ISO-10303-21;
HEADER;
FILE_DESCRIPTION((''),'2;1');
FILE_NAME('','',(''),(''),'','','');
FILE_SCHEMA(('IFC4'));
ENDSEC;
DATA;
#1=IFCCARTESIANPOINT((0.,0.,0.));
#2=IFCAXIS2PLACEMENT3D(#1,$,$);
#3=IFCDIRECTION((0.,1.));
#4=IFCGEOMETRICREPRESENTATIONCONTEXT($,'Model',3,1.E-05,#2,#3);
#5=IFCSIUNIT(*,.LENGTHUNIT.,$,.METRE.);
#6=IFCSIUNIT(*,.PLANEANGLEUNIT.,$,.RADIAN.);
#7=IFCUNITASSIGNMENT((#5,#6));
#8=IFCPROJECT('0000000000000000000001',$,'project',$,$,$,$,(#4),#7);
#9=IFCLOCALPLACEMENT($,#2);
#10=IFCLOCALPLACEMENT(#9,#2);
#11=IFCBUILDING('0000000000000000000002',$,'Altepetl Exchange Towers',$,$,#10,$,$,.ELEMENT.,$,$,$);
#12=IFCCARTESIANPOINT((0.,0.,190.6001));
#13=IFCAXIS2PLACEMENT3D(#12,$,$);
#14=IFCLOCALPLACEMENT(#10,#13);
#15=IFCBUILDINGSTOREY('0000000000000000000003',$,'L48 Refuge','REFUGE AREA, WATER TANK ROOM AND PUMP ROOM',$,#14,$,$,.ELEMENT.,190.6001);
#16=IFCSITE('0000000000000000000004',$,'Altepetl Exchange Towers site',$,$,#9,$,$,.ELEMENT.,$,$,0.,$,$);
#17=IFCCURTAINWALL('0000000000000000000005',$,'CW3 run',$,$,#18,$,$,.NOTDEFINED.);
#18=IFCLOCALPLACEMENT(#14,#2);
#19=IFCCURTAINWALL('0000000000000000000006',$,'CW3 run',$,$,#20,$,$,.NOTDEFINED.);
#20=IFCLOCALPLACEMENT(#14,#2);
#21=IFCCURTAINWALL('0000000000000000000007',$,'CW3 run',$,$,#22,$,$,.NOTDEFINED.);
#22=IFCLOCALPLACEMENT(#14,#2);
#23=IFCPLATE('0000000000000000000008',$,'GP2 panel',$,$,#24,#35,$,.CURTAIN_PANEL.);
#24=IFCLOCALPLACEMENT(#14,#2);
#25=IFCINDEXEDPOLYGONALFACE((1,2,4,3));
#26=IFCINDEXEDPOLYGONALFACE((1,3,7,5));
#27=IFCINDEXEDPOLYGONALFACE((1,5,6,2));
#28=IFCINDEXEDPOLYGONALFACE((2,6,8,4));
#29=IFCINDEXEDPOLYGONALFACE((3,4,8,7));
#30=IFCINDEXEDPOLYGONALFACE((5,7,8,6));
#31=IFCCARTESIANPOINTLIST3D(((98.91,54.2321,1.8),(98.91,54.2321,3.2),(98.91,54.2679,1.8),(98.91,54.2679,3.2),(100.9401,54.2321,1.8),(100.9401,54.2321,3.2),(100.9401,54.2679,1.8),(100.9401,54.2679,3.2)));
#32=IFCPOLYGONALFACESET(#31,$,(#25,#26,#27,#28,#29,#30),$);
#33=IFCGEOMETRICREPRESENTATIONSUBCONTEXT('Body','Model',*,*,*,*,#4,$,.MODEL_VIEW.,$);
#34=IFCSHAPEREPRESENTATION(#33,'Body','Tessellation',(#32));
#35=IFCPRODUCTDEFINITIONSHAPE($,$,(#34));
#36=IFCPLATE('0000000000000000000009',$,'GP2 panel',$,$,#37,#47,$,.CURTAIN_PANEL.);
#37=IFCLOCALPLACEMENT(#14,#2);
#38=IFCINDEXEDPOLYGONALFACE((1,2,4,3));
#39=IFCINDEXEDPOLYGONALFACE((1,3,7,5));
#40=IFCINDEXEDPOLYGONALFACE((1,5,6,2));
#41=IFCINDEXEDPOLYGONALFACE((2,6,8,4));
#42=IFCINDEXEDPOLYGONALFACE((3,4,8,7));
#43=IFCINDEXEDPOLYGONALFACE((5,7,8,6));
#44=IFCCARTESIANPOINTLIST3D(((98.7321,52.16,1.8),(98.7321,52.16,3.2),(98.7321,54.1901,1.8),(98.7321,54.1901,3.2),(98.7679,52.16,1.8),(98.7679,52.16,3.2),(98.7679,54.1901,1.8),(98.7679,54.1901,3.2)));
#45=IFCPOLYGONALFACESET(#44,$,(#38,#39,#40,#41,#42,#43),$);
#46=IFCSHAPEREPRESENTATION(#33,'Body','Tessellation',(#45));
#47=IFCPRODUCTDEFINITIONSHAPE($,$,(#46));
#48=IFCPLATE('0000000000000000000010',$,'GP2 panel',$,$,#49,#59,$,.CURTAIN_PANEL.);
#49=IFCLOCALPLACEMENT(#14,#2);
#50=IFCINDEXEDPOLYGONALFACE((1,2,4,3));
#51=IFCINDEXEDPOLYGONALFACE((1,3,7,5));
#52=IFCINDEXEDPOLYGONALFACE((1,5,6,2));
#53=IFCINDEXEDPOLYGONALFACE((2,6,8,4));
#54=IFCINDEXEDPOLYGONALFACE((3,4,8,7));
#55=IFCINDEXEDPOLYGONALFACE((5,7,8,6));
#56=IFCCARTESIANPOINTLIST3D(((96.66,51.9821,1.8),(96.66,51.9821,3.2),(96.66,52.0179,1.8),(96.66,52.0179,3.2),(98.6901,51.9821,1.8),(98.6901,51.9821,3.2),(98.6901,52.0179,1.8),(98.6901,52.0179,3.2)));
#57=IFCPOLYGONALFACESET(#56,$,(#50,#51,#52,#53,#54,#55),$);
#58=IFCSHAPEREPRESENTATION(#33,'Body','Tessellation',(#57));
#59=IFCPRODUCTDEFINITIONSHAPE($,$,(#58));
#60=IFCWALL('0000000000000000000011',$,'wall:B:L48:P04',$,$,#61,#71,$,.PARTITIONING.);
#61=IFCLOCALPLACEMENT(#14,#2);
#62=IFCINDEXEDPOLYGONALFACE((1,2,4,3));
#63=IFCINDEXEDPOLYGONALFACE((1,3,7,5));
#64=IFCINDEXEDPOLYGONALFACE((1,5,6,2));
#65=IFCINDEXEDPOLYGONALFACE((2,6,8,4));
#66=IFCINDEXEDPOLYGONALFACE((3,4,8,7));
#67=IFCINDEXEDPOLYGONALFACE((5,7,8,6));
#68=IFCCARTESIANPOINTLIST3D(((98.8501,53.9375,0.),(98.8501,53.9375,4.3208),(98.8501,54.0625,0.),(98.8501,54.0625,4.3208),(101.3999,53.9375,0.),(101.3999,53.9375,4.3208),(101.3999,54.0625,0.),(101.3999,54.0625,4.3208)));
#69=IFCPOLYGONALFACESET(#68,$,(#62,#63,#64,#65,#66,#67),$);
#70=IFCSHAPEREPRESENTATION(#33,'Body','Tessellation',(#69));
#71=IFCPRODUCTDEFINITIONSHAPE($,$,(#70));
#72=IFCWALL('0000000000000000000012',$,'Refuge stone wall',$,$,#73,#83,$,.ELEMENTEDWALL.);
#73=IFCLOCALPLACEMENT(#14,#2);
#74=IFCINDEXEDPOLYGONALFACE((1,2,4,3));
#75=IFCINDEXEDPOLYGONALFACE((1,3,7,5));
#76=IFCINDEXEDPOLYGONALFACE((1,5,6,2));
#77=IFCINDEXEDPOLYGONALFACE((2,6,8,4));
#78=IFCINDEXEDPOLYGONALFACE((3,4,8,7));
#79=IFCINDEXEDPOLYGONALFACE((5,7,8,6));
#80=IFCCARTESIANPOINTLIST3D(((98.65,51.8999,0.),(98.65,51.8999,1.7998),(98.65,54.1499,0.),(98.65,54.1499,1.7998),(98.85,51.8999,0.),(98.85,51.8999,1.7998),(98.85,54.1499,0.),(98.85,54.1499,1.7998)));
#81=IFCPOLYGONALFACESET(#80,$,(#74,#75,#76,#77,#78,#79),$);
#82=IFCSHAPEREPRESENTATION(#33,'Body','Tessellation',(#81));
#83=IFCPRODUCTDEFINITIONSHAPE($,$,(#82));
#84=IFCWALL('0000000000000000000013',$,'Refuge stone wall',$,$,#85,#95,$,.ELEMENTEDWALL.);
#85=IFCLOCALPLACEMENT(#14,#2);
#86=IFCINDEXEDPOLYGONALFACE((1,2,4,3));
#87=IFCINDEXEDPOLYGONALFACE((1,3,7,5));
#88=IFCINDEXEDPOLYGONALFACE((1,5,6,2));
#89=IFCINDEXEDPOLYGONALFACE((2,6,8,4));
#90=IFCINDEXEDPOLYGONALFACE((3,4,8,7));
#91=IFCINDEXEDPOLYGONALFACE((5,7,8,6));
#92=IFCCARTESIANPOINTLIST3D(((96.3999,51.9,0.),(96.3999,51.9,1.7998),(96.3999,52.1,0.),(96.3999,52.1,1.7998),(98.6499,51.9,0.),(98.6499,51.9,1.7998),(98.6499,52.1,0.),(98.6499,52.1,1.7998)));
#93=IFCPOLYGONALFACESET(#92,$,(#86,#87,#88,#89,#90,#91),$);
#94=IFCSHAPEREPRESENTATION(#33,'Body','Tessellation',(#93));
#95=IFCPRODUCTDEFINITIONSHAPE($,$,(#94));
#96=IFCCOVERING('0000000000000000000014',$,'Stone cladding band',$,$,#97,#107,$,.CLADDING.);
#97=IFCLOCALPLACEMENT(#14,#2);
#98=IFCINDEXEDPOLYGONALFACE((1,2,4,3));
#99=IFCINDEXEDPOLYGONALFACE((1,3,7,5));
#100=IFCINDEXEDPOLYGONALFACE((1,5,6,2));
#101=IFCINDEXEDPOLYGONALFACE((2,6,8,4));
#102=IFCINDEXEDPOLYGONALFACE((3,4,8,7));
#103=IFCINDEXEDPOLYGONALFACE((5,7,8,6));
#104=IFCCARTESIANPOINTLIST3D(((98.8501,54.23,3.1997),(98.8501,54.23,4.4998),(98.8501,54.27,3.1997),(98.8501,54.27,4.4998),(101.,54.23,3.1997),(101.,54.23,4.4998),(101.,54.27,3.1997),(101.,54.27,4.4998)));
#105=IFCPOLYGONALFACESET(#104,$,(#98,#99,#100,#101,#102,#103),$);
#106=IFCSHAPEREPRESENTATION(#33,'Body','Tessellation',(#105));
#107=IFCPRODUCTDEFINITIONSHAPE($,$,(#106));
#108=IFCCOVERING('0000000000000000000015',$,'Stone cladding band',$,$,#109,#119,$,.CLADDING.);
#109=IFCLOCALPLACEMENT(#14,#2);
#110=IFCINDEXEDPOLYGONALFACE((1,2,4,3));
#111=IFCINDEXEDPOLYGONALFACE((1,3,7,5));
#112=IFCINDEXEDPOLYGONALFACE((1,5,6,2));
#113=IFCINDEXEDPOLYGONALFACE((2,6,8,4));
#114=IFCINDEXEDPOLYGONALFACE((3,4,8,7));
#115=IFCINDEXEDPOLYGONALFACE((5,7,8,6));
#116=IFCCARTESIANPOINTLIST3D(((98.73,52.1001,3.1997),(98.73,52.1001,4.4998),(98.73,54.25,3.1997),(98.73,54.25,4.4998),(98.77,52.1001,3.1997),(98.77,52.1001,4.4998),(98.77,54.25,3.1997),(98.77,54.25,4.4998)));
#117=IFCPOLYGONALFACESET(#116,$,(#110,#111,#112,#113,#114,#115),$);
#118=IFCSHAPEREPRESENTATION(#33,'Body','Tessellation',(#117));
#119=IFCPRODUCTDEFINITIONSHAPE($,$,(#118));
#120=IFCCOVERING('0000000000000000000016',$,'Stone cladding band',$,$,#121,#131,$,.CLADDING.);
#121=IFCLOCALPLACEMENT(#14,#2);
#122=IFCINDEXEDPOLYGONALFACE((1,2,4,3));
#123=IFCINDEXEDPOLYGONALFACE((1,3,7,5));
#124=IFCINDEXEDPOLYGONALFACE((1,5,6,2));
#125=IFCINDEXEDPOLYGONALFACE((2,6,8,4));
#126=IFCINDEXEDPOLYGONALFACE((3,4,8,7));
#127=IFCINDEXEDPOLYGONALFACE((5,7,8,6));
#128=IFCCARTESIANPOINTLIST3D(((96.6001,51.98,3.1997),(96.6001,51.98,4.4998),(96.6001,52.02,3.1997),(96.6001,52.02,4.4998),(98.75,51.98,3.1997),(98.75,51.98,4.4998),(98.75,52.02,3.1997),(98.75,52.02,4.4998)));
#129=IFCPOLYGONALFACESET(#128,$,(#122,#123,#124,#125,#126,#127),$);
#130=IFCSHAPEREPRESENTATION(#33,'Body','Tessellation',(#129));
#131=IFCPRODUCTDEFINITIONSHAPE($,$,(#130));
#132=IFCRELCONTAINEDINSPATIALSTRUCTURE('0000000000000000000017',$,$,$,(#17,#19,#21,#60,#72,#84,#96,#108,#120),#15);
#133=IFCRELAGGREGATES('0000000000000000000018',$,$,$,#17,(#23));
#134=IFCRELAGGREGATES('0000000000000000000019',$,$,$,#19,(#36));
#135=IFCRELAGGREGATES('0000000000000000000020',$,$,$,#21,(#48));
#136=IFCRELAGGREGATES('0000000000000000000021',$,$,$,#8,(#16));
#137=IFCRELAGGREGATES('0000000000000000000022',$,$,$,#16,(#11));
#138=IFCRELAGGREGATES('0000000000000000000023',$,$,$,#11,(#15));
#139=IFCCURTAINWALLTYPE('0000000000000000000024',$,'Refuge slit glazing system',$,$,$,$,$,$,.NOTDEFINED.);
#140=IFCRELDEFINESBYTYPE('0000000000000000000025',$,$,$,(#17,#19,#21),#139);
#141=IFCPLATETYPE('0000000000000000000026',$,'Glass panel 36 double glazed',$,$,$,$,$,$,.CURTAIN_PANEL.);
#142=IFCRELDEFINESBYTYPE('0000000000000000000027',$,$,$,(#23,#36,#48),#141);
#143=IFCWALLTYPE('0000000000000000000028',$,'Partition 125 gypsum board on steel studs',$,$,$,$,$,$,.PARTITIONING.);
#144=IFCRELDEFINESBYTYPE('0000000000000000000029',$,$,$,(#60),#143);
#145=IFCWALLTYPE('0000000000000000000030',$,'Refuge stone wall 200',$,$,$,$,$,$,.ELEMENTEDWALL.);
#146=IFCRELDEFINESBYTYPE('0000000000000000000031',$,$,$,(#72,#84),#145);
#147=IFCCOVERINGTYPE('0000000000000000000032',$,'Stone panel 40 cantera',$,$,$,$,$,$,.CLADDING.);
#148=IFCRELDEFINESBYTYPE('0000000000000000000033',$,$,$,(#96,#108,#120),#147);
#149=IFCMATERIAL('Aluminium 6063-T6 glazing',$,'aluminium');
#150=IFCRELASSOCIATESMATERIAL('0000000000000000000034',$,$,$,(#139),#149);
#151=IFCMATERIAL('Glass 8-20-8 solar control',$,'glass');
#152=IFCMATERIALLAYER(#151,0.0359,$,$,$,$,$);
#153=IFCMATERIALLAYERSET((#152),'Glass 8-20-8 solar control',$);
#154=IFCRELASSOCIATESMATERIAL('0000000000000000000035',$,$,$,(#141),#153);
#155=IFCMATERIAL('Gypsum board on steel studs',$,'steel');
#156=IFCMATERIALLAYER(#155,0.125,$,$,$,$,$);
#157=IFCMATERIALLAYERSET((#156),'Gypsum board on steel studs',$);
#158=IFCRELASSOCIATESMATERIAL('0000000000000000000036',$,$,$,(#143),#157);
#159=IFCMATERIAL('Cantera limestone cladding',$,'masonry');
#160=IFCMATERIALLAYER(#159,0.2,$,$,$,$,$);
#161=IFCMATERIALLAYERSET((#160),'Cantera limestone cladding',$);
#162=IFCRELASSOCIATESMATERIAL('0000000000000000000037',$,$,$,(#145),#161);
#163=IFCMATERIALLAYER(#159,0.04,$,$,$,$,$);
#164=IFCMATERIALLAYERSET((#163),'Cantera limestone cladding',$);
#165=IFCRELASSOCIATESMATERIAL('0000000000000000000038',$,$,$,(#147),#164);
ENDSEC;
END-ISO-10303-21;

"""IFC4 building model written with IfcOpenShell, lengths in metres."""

from ifc_helpers import new_model, si_unit, direction, frame, frame_2d, origin, origin_2d, place, context, subcontext, project, spatial, rectangle, extrude, material, layer, layer_set, type_object, element, aggregate, save


model = new_model("IFC4")

# Units and contexts
model_context = context("Model", 3, precision=1e-05, world=origin(), true_north=direction((0.0, 1.0)))
body_context = subcontext(model_context, "Body", "Model", "MODEL_VIEW")
ifc_project = project(units=[si_unit("LENGTHUNIT", "METRE"), si_unit("PLANEANGLEUNIT", "RADIAN")], contexts=[model_context])

# Site, building, storey
site_placement = place(None, origin())
site = spatial("IfcSite", under=ifc_project, at=site_placement, Name="Altepetl Exchange Towers site", CompositionType="ELEMENT", RefElevation=0.0)
building_placement = place(site_placement, origin())
building = spatial("IfcBuilding", under=site, at=building_placement, Name="Altepetl Exchange Towers", CompositionType="ELEMENT")
storey_placement = place(building_placement, frame((0.0, 0.0, 190.6001)))
storey = spatial("IfcBuildingStorey", under=building, at=storey_placement, Name="L48 Refuge", Description="REFUGE AREA, WATER TANK ROOM AND PUMP ROOM", CompositionType="ELEMENT", Elevation=190.6001)

# Curtain wall
ifc_material_1 = material(Name="Aluminium 6063-T6 glazing", Category="aluminium")
curtain_wall_type = type_object("IfcCurtainWallType", Name="Refuge slit glazing system", PredefinedType="NOTDEFINED", material=ifc_material_1)
curtain_wall_1_placement = place(storey_placement, origin())
curtain_wall_1 = element("IfcCurtainWall", 1, at=curtain_wall_1_placement, inside=storey, type_object=curtain_wall_type, Name="CW3 run", PredefinedType="NOTDEFINED")

# Curtain walls
curtain_wall_2_placement = place(storey_placement, origin())
curtain_wall_2 = element("IfcCurtainWall", 2, at=curtain_wall_2_placement, inside=storey, type_object=curtain_wall_type, Name="CW3 run", PredefinedType="NOTDEFINED")
curtain_wall_3_placement = place(storey_placement, origin())
curtain_wall_3 = element("IfcCurtainWall", 3, at=curtain_wall_3_placement, inside=storey, type_object=curtain_wall_type, Name="CW3 run", PredefinedType="NOTDEFINED")

# Plates
ifc_material_2 = material(Name="Glass 8-20-8 solar control", Category="glass")
ifc_layer_1 = layer(ifc_material_2, 0.0359)
ifc_layer_set_1 = layer_set([ifc_layer_1], Name="Glass 8-20-8 solar control")
plate_type = type_object("IfcPlateType", Name="Glass panel 36 double glazed", PredefinedType="CURTAIN_PANEL", material=ifc_layer_set_1)
plate_1_placement = place(storey_placement, frame((99.925, 54.25, 1.8), z_axis=(0.0, 0.0, 1.0), x_axis=(-1.0, 0.0, 0.0)))
plate_1 = element("IfcPlate", 4, at=plate_1_placement, type_object=plate_type, Name="GP2 panel", PredefinedType="CURTAIN_PANEL", context=body_context, shape_type="SweptSolid", body=[
    extrude(rectangle(XDim=2.03, YDim=0.0359, at=origin_2d()), origin(), (0.0, 0.0, 1.0), 1.3999),
])
aggregate(curtain_wall_1, [plate_1])
plate_2_placement = place(storey_placement, frame((98.75, 53.175, 1.8), z_axis=(0.0, 0.0, 1.0), x_axis=(0.0, -1.0, 0.0)))
plate_2 = element("IfcPlate", 5, at=plate_2_placement, type_object=plate_type, Name="GP2 panel", PredefinedType="CURTAIN_PANEL", context=body_context, shape_type="SweptSolid", body=[
    extrude(rectangle(XDim=2.03, YDim=0.0359, at=origin_2d()), origin(), (0.0, 0.0, 1.0), 1.3999),
])
aggregate(curtain_wall_2, [plate_2])
plate_3_placement = place(storey_placement, frame((97.675, 52.0, 1.8), z_axis=(0.0, 0.0, 1.0), x_axis=(-1.0, 0.0, 0.0)))
plate_3 = element("IfcPlate", 6, at=plate_3_placement, type_object=plate_type, Name="GP2 panel", PredefinedType="CURTAIN_PANEL", context=body_context, shape_type="SweptSolid", body=[
    extrude(rectangle(XDim=2.03, YDim=0.0359, at=origin_2d()), origin(), (0.0, 0.0, 1.0), 1.3999),
])
aggregate(curtain_wall_3, [plate_3])

# Walls
ifc_material_3 = material(Name="Gypsum board on steel studs", Category="steel")
ifc_layer_2 = layer(ifc_material_3, 0.125)
ifc_layer_set_2 = layer_set([ifc_layer_2], Name="Gypsum board on steel studs")
wall_type_1 = type_object("IfcWallType", Name="Partition 125 gypsum board on steel studs", PredefinedType="PARTITIONING", material=ifc_layer_set_2)
wall_placement = place(storey_placement, frame((98.8501, 54.0, 0.0)))
element("IfcWall", 7, at=wall_placement, inside=storey, type_object=wall_type_1, Name="wall:B:L48:P04", PredefinedType="PARTITIONING", context=body_context, shape_type="SweptSolid", body=[
    extrude(rectangle(XDim=2.5498, YDim=0.125, at=frame_2d((1.2749, 0.0))), origin(), (0.0, 0.0, 1.0), 4.3208),
])
ifc_material_4 = material(Name="Cantera limestone cladding", Category="masonry")
ifc_layer_3 = layer(ifc_material_4, 0.2)
ifc_layer_set_3 = layer_set([ifc_layer_3], Name="Cantera limestone cladding")
wall_type_2 = type_object("IfcWallType", Name="Refuge stone wall 200", PredefinedType="ELEMENTEDWALL", material=ifc_layer_set_3)
for number, where, z_axis, x_axis, name in (
    (8, (98.75, 54.1499, 0.0), (0.0, 0.0, 1.0), (0.0, -1.0, 0.0), "Refuge stone wall"),
    (9, (98.6499, 52.0, 0.0), (0.0, 0.0, 1.0), (-1.0, 0.0, 0.0), "Refuge stone wall"),
):
    element("IfcWall", number, at=place(storey_placement, frame(where, z_axis=z_axis, x_axis=x_axis)), inside=storey, type_object=wall_type_2, Name=name, PredefinedType="ELEMENTEDWALL", context=body_context, shape_type="SweptSolid", body=[
        extrude(rectangle(XDim=2.25, YDim=0.2, at=frame_2d((1.125, 0.0))), origin(), (0.0, 0.0, 1.0), 1.7998),
    ])

# Coverings
ifc_layer_4 = layer(ifc_material_4, 0.04)
ifc_layer_set_4 = layer_set([ifc_layer_4], Name="Cantera limestone cladding")
covering_type = type_object("IfcCoveringType", Name="Stone panel 40 cantera", PredefinedType="CLADDING", material=ifc_layer_set_4)
for number, where, z_axis, x_axis, name in (
    (10, (99.925, 54.25, 3.1997), (0.0, 0.0, 1.0), (-1.0, 0.0, 0.0), "Stone cladding band"),
    (11, (98.75, 53.175, 3.1997), (0.0, 0.0, 1.0), (0.0, -1.0, 0.0), "Stone cladding band"),
    (12, (97.675, 52.0, 3.1997), (0.0, 0.0, 1.0), (-1.0, 0.0, 0.0), "Stone cladding band"),
):
    element("IfcCovering", number, at=place(storey_placement, frame(where, z_axis=z_axis, x_axis=x_axis)), inside=storey, type_object=covering_type, Name=name, PredefinedType="CLADDING", context=body_context, shape_type="SweptSolid", body=[
        extrude(rectangle(XDim=2.1499, YDim=0.04, at=origin_2d()), origin(), (0.0, 0.0, 1.0), 1.3),
    ])

save(model, "model.ifc")
